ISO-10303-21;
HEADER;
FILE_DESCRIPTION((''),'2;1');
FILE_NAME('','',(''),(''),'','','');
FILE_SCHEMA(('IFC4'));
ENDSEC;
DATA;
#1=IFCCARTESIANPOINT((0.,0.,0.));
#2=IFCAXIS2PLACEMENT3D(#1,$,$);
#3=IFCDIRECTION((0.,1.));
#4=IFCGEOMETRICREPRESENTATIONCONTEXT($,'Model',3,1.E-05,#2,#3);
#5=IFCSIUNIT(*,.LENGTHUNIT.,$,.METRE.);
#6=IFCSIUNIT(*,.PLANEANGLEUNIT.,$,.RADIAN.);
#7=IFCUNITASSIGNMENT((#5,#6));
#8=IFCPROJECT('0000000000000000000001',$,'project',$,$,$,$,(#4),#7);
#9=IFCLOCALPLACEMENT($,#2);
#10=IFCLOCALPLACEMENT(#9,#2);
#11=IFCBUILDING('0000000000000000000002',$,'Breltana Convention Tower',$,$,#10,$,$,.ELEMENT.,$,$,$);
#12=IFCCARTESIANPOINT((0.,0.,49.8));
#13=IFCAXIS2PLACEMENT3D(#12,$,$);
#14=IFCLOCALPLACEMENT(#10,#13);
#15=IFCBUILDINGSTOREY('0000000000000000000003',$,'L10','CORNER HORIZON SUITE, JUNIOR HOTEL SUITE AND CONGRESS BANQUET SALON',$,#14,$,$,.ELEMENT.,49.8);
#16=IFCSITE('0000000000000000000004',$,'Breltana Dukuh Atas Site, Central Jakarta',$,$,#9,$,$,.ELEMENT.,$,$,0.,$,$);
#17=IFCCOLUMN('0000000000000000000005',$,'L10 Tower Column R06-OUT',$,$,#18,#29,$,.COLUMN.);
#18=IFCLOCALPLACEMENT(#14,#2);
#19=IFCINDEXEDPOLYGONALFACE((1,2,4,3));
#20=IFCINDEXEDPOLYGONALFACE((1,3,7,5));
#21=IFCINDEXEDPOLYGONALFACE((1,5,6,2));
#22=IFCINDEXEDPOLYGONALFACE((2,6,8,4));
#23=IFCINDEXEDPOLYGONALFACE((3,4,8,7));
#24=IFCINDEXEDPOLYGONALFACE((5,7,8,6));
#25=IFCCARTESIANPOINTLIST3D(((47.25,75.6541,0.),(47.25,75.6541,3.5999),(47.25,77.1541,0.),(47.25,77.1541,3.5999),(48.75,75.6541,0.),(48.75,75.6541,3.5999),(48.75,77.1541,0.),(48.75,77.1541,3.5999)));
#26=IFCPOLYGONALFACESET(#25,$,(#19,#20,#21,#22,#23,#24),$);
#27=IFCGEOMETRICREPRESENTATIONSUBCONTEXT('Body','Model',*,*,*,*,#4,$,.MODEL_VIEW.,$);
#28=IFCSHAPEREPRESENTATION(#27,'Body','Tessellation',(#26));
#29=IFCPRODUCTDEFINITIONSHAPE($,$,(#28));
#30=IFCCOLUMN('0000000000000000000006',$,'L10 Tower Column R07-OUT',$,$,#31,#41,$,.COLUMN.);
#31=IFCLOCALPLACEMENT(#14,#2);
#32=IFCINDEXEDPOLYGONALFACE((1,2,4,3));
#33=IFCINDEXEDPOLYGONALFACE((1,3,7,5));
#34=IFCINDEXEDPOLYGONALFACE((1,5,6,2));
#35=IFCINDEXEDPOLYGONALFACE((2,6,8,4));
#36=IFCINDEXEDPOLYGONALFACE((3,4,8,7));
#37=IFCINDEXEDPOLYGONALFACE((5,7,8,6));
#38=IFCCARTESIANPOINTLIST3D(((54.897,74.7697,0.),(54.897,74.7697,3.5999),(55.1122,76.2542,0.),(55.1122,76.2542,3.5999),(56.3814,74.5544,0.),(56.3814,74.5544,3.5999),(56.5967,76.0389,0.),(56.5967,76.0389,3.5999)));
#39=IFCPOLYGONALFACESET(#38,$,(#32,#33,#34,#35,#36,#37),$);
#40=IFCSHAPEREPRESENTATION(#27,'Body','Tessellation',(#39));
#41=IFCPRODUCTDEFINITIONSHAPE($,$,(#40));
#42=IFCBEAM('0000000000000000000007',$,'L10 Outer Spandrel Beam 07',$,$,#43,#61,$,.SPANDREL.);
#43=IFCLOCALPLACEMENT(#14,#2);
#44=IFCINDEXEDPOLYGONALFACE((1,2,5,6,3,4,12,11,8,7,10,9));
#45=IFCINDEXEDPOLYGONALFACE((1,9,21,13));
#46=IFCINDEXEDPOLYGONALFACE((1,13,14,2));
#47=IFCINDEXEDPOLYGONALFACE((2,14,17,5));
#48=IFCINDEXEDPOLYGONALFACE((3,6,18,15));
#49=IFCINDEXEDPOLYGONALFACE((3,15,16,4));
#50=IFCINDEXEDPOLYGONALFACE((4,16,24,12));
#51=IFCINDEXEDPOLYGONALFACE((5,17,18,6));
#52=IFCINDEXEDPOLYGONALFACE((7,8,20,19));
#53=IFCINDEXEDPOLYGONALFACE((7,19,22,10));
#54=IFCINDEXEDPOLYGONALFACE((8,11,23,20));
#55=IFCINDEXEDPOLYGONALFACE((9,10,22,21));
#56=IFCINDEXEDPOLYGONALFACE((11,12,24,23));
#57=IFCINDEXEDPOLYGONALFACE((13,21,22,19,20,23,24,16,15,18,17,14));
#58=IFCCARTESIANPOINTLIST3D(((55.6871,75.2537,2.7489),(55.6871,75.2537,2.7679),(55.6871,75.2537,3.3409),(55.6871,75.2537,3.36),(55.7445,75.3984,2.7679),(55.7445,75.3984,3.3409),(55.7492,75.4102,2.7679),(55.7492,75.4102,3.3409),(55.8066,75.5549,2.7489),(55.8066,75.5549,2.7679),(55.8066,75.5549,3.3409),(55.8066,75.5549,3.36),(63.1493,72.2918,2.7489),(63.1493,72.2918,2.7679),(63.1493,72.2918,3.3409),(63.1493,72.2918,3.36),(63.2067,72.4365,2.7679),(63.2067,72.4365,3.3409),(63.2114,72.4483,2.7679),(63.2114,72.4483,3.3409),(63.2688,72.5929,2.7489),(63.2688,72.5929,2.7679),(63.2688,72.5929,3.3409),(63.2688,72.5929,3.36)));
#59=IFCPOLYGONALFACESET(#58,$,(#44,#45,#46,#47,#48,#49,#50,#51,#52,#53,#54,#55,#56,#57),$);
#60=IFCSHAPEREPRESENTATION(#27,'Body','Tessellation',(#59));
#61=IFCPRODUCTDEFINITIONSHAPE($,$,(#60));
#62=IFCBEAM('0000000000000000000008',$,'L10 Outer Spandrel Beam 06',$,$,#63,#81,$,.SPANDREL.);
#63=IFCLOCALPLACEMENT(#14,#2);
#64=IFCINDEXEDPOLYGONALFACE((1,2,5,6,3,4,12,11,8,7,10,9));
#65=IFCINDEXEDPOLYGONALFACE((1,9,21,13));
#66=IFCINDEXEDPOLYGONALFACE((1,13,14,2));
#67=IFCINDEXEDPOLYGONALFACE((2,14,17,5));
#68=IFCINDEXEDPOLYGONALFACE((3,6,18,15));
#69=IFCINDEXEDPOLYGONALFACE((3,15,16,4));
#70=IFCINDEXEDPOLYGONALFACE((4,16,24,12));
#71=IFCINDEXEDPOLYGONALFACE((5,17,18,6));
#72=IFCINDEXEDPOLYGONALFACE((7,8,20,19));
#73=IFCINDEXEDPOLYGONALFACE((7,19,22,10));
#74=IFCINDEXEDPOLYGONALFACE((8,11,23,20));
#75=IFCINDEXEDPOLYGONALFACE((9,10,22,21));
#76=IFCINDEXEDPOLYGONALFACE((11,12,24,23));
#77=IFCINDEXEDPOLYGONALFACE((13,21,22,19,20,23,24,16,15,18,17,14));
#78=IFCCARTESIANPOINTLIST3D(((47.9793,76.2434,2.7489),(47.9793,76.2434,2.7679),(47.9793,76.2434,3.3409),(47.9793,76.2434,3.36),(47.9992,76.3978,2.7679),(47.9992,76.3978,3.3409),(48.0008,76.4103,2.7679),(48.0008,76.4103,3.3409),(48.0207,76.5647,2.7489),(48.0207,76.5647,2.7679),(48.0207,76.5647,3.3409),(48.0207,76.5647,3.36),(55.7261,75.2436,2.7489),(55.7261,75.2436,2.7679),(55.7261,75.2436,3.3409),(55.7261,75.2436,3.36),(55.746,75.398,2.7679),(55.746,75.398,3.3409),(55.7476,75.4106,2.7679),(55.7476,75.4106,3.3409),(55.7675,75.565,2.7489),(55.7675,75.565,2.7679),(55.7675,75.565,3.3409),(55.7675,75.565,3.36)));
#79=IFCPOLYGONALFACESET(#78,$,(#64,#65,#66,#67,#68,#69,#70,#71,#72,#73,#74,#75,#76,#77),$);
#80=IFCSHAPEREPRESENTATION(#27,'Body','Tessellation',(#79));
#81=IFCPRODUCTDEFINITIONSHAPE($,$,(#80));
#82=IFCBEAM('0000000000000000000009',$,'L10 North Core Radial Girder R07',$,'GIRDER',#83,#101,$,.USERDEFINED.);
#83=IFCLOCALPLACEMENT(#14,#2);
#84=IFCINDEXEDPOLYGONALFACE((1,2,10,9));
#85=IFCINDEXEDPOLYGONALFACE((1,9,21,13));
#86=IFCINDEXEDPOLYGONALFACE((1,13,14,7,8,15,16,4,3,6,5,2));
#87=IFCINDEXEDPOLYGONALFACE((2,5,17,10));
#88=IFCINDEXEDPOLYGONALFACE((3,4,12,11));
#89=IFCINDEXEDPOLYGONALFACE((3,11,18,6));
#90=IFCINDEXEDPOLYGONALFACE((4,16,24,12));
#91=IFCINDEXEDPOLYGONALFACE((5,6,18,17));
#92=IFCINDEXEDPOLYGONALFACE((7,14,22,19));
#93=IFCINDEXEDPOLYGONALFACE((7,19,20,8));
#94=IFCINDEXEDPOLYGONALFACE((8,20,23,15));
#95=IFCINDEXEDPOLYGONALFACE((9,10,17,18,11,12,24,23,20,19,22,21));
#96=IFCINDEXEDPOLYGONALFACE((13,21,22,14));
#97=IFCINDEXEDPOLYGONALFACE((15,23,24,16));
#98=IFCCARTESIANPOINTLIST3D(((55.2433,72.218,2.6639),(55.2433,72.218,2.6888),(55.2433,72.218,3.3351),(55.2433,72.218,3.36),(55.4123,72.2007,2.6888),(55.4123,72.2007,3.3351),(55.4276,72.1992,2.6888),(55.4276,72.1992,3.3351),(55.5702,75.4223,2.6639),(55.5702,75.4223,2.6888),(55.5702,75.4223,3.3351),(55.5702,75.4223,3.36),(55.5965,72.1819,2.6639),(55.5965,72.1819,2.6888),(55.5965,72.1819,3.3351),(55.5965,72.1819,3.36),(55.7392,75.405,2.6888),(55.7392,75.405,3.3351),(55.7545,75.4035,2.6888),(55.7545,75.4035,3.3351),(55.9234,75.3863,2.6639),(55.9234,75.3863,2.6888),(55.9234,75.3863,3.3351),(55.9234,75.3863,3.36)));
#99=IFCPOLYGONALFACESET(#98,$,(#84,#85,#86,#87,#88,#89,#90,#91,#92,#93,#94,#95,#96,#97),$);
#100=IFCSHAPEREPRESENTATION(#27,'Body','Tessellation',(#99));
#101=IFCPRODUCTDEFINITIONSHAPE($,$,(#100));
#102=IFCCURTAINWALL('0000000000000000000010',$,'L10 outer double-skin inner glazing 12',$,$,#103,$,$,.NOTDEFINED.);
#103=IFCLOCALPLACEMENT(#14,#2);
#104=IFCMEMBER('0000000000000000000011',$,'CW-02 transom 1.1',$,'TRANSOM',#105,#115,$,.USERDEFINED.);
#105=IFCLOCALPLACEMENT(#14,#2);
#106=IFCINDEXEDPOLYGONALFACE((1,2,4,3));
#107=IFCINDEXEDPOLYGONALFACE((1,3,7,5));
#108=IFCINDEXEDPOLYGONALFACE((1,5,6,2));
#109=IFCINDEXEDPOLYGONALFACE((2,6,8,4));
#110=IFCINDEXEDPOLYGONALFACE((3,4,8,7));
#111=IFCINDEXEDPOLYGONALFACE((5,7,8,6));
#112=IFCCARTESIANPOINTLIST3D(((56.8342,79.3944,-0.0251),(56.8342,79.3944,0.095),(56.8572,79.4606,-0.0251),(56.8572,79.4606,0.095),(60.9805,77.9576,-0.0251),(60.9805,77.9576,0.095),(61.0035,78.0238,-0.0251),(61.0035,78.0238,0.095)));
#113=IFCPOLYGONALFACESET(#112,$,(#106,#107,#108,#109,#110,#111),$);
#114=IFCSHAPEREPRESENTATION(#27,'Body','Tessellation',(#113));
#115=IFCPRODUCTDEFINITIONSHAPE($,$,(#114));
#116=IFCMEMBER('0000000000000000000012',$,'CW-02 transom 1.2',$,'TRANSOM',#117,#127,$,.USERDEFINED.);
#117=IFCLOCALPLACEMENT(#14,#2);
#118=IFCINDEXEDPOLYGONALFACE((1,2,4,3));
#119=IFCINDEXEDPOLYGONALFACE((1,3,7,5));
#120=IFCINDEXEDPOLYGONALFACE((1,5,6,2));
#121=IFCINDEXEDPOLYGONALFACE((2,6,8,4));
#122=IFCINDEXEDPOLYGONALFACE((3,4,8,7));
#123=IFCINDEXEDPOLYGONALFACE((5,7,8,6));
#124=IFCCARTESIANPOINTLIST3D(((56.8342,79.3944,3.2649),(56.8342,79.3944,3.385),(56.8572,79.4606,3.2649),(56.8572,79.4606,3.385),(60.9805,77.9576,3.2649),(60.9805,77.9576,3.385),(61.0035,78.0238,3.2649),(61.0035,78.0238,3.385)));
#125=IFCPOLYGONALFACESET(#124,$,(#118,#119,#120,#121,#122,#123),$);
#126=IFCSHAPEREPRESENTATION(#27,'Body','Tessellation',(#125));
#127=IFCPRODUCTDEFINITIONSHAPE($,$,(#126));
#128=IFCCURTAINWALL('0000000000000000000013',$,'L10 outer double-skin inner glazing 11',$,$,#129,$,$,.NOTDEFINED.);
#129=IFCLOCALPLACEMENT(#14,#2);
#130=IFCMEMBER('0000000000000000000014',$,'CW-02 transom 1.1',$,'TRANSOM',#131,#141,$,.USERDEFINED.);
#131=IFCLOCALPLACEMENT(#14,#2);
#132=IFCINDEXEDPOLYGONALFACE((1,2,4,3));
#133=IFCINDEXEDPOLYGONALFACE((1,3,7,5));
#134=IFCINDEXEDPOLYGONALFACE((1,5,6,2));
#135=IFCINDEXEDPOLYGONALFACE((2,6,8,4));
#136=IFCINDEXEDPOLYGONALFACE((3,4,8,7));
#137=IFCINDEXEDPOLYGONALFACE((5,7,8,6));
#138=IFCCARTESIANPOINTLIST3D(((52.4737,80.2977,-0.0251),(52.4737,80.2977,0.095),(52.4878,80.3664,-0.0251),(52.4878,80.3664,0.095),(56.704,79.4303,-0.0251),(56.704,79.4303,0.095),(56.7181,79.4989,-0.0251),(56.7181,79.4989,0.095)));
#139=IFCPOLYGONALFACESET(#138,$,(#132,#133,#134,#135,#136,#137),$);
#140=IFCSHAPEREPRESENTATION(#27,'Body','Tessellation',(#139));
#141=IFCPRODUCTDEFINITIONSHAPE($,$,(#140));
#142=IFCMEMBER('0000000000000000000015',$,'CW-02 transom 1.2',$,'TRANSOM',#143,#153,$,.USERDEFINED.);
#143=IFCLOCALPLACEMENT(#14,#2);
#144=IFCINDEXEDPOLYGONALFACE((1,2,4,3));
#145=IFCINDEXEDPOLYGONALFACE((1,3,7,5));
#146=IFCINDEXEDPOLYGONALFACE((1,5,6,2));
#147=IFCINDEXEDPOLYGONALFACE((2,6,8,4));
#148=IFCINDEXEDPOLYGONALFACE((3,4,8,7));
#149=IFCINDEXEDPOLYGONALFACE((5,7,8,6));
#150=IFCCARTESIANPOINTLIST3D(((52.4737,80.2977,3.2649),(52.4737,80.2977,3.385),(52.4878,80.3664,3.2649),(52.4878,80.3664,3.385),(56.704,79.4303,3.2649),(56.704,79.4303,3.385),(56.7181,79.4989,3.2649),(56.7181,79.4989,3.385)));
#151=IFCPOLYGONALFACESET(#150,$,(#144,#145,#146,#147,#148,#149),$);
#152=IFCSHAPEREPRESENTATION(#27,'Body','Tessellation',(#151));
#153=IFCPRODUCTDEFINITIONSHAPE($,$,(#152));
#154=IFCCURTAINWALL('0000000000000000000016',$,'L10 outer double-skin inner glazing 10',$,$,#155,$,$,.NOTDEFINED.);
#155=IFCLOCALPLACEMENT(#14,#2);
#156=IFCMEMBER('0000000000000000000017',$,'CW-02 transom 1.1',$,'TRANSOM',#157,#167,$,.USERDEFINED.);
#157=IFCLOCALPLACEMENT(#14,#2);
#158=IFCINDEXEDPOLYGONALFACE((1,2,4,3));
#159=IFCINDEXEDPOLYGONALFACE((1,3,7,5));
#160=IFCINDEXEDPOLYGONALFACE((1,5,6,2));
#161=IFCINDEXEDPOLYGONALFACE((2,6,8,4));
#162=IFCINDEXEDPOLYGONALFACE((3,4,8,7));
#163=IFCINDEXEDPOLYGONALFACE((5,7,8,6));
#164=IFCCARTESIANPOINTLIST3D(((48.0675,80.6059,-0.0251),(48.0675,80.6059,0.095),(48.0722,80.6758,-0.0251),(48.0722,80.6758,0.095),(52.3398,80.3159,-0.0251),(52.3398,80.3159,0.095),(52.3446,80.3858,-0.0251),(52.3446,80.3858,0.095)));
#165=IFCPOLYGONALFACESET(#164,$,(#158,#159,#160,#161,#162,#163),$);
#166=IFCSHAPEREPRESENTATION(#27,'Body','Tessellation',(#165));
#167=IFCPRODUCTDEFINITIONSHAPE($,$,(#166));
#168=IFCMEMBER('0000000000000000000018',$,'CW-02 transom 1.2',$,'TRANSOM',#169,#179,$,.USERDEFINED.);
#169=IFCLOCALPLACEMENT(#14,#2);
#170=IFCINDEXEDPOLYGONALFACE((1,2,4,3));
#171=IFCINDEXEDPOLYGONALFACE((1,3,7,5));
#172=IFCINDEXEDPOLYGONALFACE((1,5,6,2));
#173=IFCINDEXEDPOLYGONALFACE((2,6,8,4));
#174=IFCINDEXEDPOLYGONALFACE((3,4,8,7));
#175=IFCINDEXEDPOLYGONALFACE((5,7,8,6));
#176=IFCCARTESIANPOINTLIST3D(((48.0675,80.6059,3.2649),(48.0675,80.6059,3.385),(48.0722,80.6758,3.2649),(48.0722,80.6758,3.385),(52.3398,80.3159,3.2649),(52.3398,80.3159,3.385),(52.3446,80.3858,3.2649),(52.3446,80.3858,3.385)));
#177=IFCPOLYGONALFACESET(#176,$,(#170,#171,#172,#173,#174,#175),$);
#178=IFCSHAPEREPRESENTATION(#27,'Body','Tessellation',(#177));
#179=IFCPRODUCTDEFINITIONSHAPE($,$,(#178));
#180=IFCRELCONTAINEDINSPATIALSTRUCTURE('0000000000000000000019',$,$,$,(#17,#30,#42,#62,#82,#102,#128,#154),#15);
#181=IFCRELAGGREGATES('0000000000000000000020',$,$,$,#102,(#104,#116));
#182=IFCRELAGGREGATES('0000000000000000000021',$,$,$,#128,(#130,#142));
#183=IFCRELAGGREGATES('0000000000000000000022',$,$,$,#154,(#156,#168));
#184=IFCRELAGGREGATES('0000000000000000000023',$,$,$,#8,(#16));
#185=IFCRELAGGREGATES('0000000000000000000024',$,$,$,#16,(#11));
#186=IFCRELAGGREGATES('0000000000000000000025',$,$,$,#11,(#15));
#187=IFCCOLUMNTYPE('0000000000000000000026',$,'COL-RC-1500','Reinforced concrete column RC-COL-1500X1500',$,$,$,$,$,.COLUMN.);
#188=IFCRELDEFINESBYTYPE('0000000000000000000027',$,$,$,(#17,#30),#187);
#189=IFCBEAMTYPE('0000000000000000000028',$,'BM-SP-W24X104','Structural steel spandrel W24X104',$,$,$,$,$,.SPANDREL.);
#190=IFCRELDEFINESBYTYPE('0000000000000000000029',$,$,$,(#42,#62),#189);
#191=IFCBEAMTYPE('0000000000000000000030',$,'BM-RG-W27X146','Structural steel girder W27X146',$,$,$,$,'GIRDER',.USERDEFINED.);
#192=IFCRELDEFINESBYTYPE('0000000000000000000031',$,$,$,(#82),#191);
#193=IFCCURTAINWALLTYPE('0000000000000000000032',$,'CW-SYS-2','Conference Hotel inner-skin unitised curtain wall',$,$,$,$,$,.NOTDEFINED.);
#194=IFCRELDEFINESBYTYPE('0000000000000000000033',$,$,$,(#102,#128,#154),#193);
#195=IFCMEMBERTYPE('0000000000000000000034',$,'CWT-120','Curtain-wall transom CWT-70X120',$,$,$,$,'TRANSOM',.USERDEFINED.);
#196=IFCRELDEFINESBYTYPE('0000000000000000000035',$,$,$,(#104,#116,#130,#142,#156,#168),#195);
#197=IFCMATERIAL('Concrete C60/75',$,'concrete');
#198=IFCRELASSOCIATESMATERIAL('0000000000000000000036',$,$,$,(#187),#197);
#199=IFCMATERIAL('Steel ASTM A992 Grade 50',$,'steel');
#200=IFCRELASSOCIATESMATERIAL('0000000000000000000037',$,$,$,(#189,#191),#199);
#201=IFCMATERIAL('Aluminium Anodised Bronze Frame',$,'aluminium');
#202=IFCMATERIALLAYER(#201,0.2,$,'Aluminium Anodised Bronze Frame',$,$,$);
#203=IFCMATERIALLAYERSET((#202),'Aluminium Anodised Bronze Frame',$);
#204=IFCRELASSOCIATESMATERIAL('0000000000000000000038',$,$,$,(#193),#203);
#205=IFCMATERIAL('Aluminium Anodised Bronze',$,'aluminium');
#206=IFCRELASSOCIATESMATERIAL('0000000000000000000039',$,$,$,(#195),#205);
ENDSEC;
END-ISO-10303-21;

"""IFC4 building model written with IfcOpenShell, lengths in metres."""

from ifc_helpers import new_model, si_unit, direction, frame, origin, origin_2d, place, context, subcontext, project, spatial, rectangle, i_section, extrude, source, transform, mapped, material, layer, layer_set, material_profile, profile_set, type_object, element, aggregate, save


model = new_model("IFC4")

# Units and contexts
model_context = context("Model", 3, precision=1e-05, world=origin(), true_north=direction((0.0, 1.0)))
body_context = subcontext(model_context, "Body", "Model", "MODEL_VIEW")
ifc_project = project(units=[si_unit("LENGTHUNIT", "METRE"), si_unit("PLANEANGLEUNIT", "RADIAN")], contexts=[model_context])

# Site, building, storey
site_placement = place(None, origin())
site = spatial("IfcSite", under=ifc_project, at=site_placement, Name="Breltana Dukuh Atas Site, Central Jakarta", CompositionType="ELEMENT", RefElevation=0.0)
building_placement = place(site_placement, origin())
building = spatial("IfcBuilding", under=site, at=building_placement, Name="Breltana Convention Tower", CompositionType="ELEMENT")
storey_placement = place(building_placement, frame((0.0, 0.0, 49.8)))
storey = spatial("IfcBuildingStorey", under=building, at=storey_placement, Name="L10", Description="CORNER HORIZON SUITE, JUNIOR HOTEL SUITE AND CONGRESS BANQUET SALON", CompositionType="ELEMENT", Elevation=49.8)

# Columns
ifc_material_1 = material(Name="Concrete C60/75", Category="concrete")
ifc_material_profile_1 = material_profile(ifc_material_1, rectangle(XDim=1.5, YDim=1.5, at=origin_2d()), Name="RC-COL-1500X1500")
ifc_profile_set_1 = profile_set([ifc_material_profile_1], Name="Concrete C60/75")
column_type = type_object("IfcColumnType", Name="COL-RC-1500", Description="Reinforced concrete column RC-COL-1500X1500", PredefinedType="COLUMN", material=ifc_profile_set_1)
shared_shape_1 = source(origin(), body_context, "Body", "SweptSolid", [
    extrude(rectangle(XDim=1.5, YDim=1.5, at=origin_2d()), origin(), (0.0, 0.0, 1.0), 3.5999),
])
for number, where, z_axis, x_axis, name in (
    (1, (48.0, 76.4041, 0.0), (0.0, 0.0, 1.0), (0.0, 1.0, 0.0), "L10 Tower Column R06-OUT"),
    (2, (55.7468, 75.4043, 0.0), (0.0, 0.0, 1.0), (0.143493, 0.989651, 0.0), "L10 Tower Column R07-OUT"),
):
    element("IfcColumn", number, at=place(storey_placement, frame(where, z_axis=z_axis, x_axis=x_axis)), inside=storey, type_object=column_type, Name=name, PredefinedType="COLUMN", context=body_context, shape_type="MappedRepresentation", body=[
        mapped(shared_shape_1, transform((0.0, 0.0, 0.0), scale=1.0)),
    ])

# Beams
ifc_material_2 = material(Name="Steel ASTM A992 Grade 50", Category="steel")
ifc_material_profile_2 = material_profile(ifc_material_2, i_section(OverallWidth=0.324, OverallDepth=0.6111, WebThickness=0.0127, FlangeThickness=0.019, at=origin_2d()), Name="W24X104")
ifc_profile_set_2 = profile_set([ifc_material_profile_2], Name="Steel ASTM A992 Grade 50")
beam_type_1 = type_object("IfcBeamType", Name="BM-SP-W24X104", Description="Structural steel spandrel W24X104", PredefinedType="SPANDREL", material=ifc_profile_set_2)
shared_shape_2 = source(origin(), body_context, "Body", "SweptSolid", [
    extrude(i_section(OverallWidth=0.324, OverallDepth=0.6111, WebThickness=0.0127, FlangeThickness=0.019, at=origin_2d()), origin(), (0.0, 0.0, 1.0), 8.0286),
])
beam_1_placement = place(storey_placement, frame((55.7468, 75.4043, 3.0544), z_axis=(0.929459, -0.368925, 0.0), x_axis=(0.368925, 0.929459, 0.0)))
element("IfcBeam", 3, at=beam_1_placement, inside=storey, type_object=beam_type_1, Name="L10 Outer Spandrel Beam 07", PredefinedType="SPANDREL", context=body_context, shape_type="MappedRepresentation", body=[
    mapped(shared_shape_2, transform((0.0, 0.0, 0.0), scale=1.0)),
])
shared_shape_3 = source(origin(), body_context, "Body", "SweptSolid", [
    extrude(i_section(OverallWidth=0.324, OverallDepth=0.6111, WebThickness=0.0127, FlangeThickness=0.019, at=origin_2d()), origin(), (0.0, 0.0, 1.0), 7.811),
])
beam_2_placement = place(storey_placement, frame((48.0, 76.4041, 3.0544), z_axis=(0.991775, -0.127992, 0.0), x_axis=(0.127992, 0.991775, 0.0)))
element("IfcBeam", 4, at=beam_2_placement, inside=storey, type_object=beam_type_1, Name="L10 Outer Spandrel Beam 06", PredefinedType="SPANDREL", context=body_context, shape_type="MappedRepresentation", body=[
    mapped(shared_shape_3, transform((0.0, 0.0, 0.0), scale=1.0)),
])
ifc_material_profile_3 = material_profile(ifc_material_2, i_section(OverallWidth=0.355, OverallDepth=0.696, WebThickness=0.0154, FlangeThickness=0.0249, at=origin_2d()), Name="W27X146")
ifc_profile_set_3 = profile_set([ifc_material_profile_3], Name="Steel ASTM A992 Grade 50")
beam_type_2 = type_object("IfcBeamType", Name="BM-RG-W27X146", Description="Structural steel girder W27X146", ElementType="GIRDER", PredefinedType="USERDEFINED", material=ifc_profile_set_3)
shared_shape_4 = source(origin(), body_context, "Body", "SweptSolid", [
    extrude(i_section(OverallWidth=0.355, OverallDepth=0.696, WebThickness=0.0154, FlangeThickness=0.0249, at=origin_2d()), origin(), (0.0, 0.0, 1.0), 3.2209),
])
beam_3_placement = place(storey_placement, frame((55.4199, 72.2, 3.012), z_axis=(0.101492, 0.994836, 0.0), x_axis=(-0.994836, 0.101492, 0.0)))
element("IfcBeam", 5, at=beam_3_placement, inside=storey, type_object=beam_type_2, Name="L10 North Core Radial Girder R07", ObjectType="GIRDER", PredefinedType="USERDEFINED", context=body_context, shape_type="MappedRepresentation", body=[
    mapped(shared_shape_4, transform((0.0, 0.0, 0.0), scale=1.0)),
])

# Curtain walls, members
ifc_material_3 = material(Name="Aluminium Anodised Bronze Frame", Category="aluminium")
ifc_layer_1 = layer(ifc_material_3, 0.2, Name="Aluminium Anodised Bronze Frame")
ifc_layer_set_1 = layer_set([ifc_layer_1], Name="Aluminium Anodised Bronze Frame")
curtain_wall_type = type_object("IfcCurtainWallType", Name="CW-SYS-2", Description="Conference Hotel inner-skin unitised curtain wall", PredefinedType="NOTDEFINED", material=ifc_layer_set_1)
curtain_wall_1_placement = place(storey_placement, origin())
curtain_wall_1 = element("IfcCurtainWall", 6, at=curtain_wall_1_placement, inside=storey, type_object=curtain_wall_type, Name="L10 outer double-skin inner glazing 12", PredefinedType="NOTDEFINED")
ifc_material_4 = material(Name="Aluminium Anodised Bronze", Category="aluminium")
ifc_material_profile_4 = material_profile(ifc_material_4, rectangle(XDim=0.0701, YDim=0.1201, at=origin_2d()), Name="CWT-70X120")
ifc_profile_set_4 = profile_set([ifc_material_profile_4], Name="Aluminium Anodised Bronze")
member_type_1 = type_object("IfcMemberType", Name="CWT-120", Description="Curtain-wall transom CWT-70X120", ElementType="TRANSOM", PredefinedType="USERDEFINED", material=ifc_profile_set_4)
shared_shape_5 = source(origin(), body_context, "Body", "SweptSolid", [
    extrude(rectangle(XDim=0.0701, YDim=0.1201, at=origin_2d()), origin(), (0.0, 0.0, 1.0), 4.3882),
])
member_1_placement = place(storey_placement, frame((56.8457, 79.4275, 0.0349), z_axis=(0.944878, -0.327422, 0.0), x_axis=(0.327422, 0.944878, 0.0)))
member_1 = element("IfcMember", 7, at=member_1_placement, type_object=member_type_1, Name="CW-02 transom 1.1", ObjectType="TRANSOM", PredefinedType="USERDEFINED", context=body_context, shape_type="MappedRepresentation", body=[
    mapped(shared_shape_5, transform((0.0, 0.0, 0.0), scale=1.0)),
])
member_2_placement = place(storey_placement, frame((56.8457, 79.4275, 3.325), z_axis=(0.944878, -0.327422, 0.0), x_axis=(0.327422, 0.944878, 0.0)))
member_2 = element("IfcMember", 8, at=member_2_placement, type_object=member_type_1, Name="CW-02 transom 1.2", ObjectType="TRANSOM", PredefinedType="USERDEFINED", context=body_context, shape_type="MappedRepresentation", body=[
    mapped(shared_shape_5, transform((0.0, 0.0, 0.0), scale=1.0)),
])
curtain_wall_2_placement = place(storey_placement, origin())
curtain_wall_2 = element("IfcCurtainWall", 9, at=curtain_wall_2_placement, inside=storey, type_object=curtain_wall_type, Name="L10 outer double-skin inner glazing 11", PredefinedType="NOTDEFINED")
shared_shape_6 = source(origin(), body_context, "Body", "SweptSolid", [
    extrude(rectangle(XDim=0.0701, YDim=0.1201, at=origin_2d()), origin(), (0.0, 0.0, 1.0), 4.3184),
])
member_3_placement = place(storey_placement, frame((52.4807, 80.332, 0.0349), z_axis=(0.979617, -0.200876, 0.0), x_axis=(0.200876, 0.979617, 0.0)))
member_3 = element("IfcMember", 10, at=member_3_placement, type_object=member_type_1, Name="CW-02 transom 1.1", ObjectType="TRANSOM", PredefinedType="USERDEFINED", context=body_context, shape_type="MappedRepresentation", body=[
    mapped(shared_shape_6, transform((0.0, 0.0, 0.0), scale=1.0)),
])
member_4_placement = place(storey_placement, frame((52.4807, 80.332, 3.325), z_axis=(0.979617, -0.200876, 0.0), x_axis=(0.200876, 0.979617, 0.0)))
member_4 = element("IfcMember", 11, at=member_4_placement, type_object=member_type_1, Name="CW-02 transom 1.2", ObjectType="TRANSOM", PredefinedType="USERDEFINED", context=body_context, shape_type="MappedRepresentation", body=[
    mapped(shared_shape_6, transform((0.0, 0.0, 0.0), scale=1.0)),
])
curtain_wall_3_placement = place(storey_placement, origin())
curtain_wall_3 = element("IfcCurtainWall", 12, at=curtain_wall_3_placement, inside=storey, type_object=curtain_wall_type, Name="L10 outer double-skin inner glazing 10", PredefinedType="NOTDEFINED")
shared_shape_7 = source(origin(), body_context, "Body", "SweptSolid", [
    extrude(rectangle(XDim=0.0701, YDim=0.1201, at=origin_2d()), origin(), (0.0, 0.0, 1.0), 4.2822),
])
member_5_placement = place(storey_placement, frame((48.0698, 80.6409, 0.0349), z_axis=(0.997704, -0.06773, 0.0), x_axis=(0.06773, 0.997704, 0.0)))
member_5 = element("IfcMember", 13, at=member_5_placement, type_object=member_type_1, Name="CW-02 transom 1.1", ObjectType="TRANSOM", PredefinedType="USERDEFINED", context=body_context, shape_type="MappedRepresentation", body=[
    mapped(shared_shape_7, transform((0.0, 0.0, 0.0), scale=1.0)),
])
member_6_placement = place(storey_placement, frame((48.0698, 80.6409, 3.325), z_axis=(0.997704, -0.06773, 0.0), x_axis=(0.06773, 0.997704, 0.0)))
member_6 = element("IfcMember", 14, at=member_6_placement, type_object=member_type_1, Name="CW-02 transom 1.2", ObjectType="TRANSOM", PredefinedType="USERDEFINED", context=body_context, shape_type="MappedRepresentation", body=[
    mapped(shared_shape_7, transform((0.0, 0.0, 0.0), scale=1.0)),
])

aggregate(curtain_wall_1, [member_1, member_2])
aggregate(curtain_wall_2, [member_3, member_4])
aggregate(curtain_wall_3, [member_5, member_6])

save(model, "model.ifc")
